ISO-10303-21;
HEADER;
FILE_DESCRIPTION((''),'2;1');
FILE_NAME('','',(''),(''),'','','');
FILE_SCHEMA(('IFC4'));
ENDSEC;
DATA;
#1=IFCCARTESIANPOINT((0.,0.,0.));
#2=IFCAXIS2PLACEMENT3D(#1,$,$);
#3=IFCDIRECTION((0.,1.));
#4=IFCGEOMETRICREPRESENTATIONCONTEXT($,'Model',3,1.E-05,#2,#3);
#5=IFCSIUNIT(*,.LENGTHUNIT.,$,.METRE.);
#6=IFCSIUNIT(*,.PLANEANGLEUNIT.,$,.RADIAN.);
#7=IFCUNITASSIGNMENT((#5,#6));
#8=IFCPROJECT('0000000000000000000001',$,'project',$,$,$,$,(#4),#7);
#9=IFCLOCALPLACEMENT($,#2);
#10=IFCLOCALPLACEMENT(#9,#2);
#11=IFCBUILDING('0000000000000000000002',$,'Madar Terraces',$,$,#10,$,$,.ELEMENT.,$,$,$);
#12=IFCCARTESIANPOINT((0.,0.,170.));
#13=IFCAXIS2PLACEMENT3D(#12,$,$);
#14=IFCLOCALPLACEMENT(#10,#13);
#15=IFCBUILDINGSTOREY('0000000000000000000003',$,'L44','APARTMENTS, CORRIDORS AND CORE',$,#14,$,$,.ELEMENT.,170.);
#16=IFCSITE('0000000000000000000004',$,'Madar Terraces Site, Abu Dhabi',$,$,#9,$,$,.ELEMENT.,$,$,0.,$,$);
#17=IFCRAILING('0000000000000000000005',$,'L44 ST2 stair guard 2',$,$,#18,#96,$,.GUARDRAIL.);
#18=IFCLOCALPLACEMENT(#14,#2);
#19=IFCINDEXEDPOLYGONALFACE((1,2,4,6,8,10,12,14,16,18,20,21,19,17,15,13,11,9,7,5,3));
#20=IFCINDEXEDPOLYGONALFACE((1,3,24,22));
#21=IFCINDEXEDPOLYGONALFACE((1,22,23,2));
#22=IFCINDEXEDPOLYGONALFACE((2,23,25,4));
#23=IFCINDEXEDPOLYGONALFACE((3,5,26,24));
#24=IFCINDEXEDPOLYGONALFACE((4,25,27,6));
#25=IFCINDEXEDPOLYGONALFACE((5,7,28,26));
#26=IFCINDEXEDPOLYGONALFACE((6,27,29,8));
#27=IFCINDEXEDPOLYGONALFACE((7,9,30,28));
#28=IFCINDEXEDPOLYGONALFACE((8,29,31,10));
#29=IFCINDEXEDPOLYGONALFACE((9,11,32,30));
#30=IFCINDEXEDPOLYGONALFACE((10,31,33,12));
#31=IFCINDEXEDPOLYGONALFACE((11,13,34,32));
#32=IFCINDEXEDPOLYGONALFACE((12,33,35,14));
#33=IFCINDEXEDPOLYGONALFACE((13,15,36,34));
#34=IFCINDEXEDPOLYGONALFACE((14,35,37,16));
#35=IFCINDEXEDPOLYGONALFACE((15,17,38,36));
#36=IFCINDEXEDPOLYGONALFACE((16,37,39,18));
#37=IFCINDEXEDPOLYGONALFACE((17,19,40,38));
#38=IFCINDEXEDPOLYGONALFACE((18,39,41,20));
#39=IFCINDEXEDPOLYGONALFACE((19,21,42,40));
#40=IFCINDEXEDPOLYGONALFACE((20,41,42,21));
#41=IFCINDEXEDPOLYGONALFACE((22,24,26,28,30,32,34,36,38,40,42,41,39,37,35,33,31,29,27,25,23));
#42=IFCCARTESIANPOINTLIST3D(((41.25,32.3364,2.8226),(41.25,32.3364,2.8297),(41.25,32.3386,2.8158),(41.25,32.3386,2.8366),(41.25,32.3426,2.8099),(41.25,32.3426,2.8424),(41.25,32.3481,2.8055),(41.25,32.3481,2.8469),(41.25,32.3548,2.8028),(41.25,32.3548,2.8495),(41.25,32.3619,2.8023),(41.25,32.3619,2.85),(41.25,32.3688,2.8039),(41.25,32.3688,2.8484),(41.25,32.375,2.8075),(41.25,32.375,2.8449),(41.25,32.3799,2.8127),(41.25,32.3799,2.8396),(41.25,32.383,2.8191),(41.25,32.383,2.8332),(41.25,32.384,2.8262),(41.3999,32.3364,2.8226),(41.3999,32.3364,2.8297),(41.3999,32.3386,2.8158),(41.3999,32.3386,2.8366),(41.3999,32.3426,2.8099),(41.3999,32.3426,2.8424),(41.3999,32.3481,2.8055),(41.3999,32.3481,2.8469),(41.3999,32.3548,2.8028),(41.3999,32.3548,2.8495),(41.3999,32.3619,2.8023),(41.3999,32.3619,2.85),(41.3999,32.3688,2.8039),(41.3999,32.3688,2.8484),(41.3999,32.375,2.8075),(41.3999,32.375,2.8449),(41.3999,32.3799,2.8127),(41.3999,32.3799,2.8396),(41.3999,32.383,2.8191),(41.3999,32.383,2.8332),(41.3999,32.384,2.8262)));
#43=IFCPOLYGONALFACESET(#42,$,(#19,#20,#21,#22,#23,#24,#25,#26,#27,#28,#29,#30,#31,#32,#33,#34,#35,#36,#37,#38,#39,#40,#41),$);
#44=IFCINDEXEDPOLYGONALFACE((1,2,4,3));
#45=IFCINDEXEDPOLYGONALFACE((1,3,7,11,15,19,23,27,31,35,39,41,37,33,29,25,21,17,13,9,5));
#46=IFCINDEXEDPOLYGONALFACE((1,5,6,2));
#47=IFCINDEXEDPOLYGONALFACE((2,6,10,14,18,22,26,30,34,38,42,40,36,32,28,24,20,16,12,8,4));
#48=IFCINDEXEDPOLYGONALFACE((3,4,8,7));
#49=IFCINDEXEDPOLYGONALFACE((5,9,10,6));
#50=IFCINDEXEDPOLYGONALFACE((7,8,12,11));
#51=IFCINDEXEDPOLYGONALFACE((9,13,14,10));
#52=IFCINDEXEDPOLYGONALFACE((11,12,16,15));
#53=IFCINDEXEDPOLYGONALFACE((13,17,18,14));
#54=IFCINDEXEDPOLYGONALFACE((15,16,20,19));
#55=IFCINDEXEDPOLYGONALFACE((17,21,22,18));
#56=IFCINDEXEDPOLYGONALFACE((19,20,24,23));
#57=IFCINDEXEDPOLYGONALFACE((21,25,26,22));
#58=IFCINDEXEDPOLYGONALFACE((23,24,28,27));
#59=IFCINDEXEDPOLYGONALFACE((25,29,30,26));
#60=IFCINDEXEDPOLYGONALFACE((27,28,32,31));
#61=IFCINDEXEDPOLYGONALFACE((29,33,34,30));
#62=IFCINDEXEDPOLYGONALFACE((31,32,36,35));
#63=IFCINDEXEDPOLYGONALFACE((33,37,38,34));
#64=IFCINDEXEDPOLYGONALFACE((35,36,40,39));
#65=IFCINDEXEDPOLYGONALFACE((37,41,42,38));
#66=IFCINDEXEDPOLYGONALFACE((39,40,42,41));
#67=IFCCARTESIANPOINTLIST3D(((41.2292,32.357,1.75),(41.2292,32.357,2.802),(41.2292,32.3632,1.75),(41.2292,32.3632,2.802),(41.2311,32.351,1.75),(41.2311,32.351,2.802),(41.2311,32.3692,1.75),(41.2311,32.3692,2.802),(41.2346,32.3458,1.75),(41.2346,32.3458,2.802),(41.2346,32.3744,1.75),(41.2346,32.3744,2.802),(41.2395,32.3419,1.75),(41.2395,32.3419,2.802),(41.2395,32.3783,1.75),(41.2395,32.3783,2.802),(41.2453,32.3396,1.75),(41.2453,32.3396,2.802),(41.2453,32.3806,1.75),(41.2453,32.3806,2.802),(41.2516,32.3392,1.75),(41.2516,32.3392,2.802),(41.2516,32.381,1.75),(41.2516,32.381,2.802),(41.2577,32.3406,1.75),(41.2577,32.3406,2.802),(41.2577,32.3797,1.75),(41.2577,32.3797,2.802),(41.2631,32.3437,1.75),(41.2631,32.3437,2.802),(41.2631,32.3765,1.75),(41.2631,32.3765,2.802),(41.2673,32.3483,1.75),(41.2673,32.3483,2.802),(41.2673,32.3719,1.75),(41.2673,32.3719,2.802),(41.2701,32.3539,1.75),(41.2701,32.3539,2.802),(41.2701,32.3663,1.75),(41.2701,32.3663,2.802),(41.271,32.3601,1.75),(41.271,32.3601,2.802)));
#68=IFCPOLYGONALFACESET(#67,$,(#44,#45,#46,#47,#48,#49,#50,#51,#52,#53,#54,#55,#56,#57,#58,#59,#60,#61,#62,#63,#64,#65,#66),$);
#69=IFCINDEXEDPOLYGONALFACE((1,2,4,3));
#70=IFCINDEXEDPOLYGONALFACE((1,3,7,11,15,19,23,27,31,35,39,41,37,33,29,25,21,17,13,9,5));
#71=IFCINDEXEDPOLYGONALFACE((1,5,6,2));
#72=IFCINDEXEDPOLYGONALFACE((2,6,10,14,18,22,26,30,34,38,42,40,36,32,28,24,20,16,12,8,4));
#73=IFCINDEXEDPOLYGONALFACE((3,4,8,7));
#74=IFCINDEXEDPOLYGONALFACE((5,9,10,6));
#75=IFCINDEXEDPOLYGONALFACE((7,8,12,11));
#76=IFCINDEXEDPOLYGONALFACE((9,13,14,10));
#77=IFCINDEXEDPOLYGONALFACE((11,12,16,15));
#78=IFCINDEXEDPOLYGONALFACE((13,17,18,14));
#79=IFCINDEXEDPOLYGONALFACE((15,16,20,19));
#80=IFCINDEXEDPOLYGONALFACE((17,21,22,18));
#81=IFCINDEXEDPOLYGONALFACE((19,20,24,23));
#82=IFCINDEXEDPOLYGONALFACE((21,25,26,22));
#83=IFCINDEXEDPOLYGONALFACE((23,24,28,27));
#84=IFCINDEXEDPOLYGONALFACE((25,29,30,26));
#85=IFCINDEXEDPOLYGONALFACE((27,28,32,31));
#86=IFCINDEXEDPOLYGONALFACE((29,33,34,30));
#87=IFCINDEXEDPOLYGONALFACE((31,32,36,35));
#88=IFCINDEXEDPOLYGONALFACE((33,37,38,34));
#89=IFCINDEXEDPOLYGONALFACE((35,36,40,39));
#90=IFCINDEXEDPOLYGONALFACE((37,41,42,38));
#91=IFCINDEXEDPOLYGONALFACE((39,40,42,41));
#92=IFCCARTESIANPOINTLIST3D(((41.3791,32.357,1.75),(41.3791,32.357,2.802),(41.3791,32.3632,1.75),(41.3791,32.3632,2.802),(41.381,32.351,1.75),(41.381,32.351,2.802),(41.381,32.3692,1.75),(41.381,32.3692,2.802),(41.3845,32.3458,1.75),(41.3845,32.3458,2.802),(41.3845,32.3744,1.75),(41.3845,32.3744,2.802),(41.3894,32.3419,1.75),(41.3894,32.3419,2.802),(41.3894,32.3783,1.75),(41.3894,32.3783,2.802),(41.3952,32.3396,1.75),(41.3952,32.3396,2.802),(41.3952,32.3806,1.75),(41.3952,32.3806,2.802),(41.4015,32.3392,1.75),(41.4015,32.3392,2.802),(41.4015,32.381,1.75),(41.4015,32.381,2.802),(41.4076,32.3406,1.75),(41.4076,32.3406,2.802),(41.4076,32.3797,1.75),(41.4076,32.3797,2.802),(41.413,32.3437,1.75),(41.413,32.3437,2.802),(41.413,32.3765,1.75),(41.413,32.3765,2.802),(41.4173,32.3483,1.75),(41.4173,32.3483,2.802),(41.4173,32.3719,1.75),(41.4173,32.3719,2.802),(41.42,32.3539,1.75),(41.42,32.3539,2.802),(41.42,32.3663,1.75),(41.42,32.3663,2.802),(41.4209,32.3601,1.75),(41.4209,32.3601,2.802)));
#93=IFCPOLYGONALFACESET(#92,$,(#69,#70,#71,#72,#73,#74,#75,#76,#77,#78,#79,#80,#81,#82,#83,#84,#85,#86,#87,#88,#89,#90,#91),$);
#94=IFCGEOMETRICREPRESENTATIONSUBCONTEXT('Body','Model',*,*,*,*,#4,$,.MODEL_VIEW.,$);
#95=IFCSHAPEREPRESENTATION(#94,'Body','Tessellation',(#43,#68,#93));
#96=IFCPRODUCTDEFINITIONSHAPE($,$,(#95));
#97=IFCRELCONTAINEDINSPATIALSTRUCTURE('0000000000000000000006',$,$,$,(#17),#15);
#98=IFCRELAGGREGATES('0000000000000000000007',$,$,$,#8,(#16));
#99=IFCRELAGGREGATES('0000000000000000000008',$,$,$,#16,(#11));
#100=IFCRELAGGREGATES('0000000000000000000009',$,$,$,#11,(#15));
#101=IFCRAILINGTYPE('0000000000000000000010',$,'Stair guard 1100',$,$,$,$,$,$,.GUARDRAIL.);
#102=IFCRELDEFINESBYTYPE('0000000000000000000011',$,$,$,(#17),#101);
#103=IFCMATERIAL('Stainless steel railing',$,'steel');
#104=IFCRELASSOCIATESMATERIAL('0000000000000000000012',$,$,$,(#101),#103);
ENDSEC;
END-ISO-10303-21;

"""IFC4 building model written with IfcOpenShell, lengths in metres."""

from ifc_helpers import new_model, si_unit, direction, frame, origin, origin_2d, place, context, subcontext, project, spatial, circle, extrude, material, type_object, element, save


model = new_model("IFC4")

# Units and contexts
model_context = context("Model", 3, precision=1e-05, world=origin(), true_north=direction((0.0, 1.0)))
body_context = subcontext(model_context, "Body", "Model", "MODEL_VIEW")
ifc_project = project(units=[si_unit("LENGTHUNIT", "METRE"), si_unit("PLANEANGLEUNIT", "RADIAN")], contexts=[model_context])

# Site, building, storey
site_placement = place(None, origin())
site = spatial("IfcSite", under=ifc_project, at=site_placement, Name="Madar Terraces Site, Abu Dhabi", CompositionType="ELEMENT", RefElevation=0.0)
building_placement = place(site_placement, origin())
building = spatial("IfcBuilding", under=site, at=building_placement, Name="Madar Terraces", CompositionType="ELEMENT")
storey_placement = place(building_placement, frame((0.0, 0.0, 170.0)))
storey = spatial("IfcBuildingStorey", under=building, at=storey_placement, Name="L44", Description="APARTMENTS, CORRIDORS AND CORE", CompositionType="ELEMENT", Elevation=170.0)

# Railing
ifc_material_1 = material(Name="Stainless steel railing", Category="steel")
railing_type_1 = type_object("IfcRailingType", Name="Stair guard 1100", PredefinedType="GUARDRAIL", material=ifc_material_1)
railing_1_placement = place(storey_placement, frame((41.25, 32.3601, 1.75)))
element("IfcRailing", 1, at=railing_1_placement, inside=storey, type_object=railing_type_1, Name="L44 ST2 stair guard 2", PredefinedType="GUARDRAIL", context=body_context, shape_type="SweptSolid", body=[
    extrude(circle(Radius=0.0239, at=origin_2d()), frame((0.0, 0.0, 1.0762), z_axis=(1.0, 0.0, 0.0), x_axis=(0.0, 1.0, 0.0)), (0.0, 0.0, 1.0), 0.1499),
    extrude(circle(Radius=0.021, at=origin_2d()), origin(), (0.0, 0.0, 1.0), 1.052),
    extrude(circle(Radius=0.021, at=origin_2d()), frame((0.1499, 0.0, 0.0)), (0.0, 0.0, 1.0), 1.052),
])

save(model, "model.ifc")
